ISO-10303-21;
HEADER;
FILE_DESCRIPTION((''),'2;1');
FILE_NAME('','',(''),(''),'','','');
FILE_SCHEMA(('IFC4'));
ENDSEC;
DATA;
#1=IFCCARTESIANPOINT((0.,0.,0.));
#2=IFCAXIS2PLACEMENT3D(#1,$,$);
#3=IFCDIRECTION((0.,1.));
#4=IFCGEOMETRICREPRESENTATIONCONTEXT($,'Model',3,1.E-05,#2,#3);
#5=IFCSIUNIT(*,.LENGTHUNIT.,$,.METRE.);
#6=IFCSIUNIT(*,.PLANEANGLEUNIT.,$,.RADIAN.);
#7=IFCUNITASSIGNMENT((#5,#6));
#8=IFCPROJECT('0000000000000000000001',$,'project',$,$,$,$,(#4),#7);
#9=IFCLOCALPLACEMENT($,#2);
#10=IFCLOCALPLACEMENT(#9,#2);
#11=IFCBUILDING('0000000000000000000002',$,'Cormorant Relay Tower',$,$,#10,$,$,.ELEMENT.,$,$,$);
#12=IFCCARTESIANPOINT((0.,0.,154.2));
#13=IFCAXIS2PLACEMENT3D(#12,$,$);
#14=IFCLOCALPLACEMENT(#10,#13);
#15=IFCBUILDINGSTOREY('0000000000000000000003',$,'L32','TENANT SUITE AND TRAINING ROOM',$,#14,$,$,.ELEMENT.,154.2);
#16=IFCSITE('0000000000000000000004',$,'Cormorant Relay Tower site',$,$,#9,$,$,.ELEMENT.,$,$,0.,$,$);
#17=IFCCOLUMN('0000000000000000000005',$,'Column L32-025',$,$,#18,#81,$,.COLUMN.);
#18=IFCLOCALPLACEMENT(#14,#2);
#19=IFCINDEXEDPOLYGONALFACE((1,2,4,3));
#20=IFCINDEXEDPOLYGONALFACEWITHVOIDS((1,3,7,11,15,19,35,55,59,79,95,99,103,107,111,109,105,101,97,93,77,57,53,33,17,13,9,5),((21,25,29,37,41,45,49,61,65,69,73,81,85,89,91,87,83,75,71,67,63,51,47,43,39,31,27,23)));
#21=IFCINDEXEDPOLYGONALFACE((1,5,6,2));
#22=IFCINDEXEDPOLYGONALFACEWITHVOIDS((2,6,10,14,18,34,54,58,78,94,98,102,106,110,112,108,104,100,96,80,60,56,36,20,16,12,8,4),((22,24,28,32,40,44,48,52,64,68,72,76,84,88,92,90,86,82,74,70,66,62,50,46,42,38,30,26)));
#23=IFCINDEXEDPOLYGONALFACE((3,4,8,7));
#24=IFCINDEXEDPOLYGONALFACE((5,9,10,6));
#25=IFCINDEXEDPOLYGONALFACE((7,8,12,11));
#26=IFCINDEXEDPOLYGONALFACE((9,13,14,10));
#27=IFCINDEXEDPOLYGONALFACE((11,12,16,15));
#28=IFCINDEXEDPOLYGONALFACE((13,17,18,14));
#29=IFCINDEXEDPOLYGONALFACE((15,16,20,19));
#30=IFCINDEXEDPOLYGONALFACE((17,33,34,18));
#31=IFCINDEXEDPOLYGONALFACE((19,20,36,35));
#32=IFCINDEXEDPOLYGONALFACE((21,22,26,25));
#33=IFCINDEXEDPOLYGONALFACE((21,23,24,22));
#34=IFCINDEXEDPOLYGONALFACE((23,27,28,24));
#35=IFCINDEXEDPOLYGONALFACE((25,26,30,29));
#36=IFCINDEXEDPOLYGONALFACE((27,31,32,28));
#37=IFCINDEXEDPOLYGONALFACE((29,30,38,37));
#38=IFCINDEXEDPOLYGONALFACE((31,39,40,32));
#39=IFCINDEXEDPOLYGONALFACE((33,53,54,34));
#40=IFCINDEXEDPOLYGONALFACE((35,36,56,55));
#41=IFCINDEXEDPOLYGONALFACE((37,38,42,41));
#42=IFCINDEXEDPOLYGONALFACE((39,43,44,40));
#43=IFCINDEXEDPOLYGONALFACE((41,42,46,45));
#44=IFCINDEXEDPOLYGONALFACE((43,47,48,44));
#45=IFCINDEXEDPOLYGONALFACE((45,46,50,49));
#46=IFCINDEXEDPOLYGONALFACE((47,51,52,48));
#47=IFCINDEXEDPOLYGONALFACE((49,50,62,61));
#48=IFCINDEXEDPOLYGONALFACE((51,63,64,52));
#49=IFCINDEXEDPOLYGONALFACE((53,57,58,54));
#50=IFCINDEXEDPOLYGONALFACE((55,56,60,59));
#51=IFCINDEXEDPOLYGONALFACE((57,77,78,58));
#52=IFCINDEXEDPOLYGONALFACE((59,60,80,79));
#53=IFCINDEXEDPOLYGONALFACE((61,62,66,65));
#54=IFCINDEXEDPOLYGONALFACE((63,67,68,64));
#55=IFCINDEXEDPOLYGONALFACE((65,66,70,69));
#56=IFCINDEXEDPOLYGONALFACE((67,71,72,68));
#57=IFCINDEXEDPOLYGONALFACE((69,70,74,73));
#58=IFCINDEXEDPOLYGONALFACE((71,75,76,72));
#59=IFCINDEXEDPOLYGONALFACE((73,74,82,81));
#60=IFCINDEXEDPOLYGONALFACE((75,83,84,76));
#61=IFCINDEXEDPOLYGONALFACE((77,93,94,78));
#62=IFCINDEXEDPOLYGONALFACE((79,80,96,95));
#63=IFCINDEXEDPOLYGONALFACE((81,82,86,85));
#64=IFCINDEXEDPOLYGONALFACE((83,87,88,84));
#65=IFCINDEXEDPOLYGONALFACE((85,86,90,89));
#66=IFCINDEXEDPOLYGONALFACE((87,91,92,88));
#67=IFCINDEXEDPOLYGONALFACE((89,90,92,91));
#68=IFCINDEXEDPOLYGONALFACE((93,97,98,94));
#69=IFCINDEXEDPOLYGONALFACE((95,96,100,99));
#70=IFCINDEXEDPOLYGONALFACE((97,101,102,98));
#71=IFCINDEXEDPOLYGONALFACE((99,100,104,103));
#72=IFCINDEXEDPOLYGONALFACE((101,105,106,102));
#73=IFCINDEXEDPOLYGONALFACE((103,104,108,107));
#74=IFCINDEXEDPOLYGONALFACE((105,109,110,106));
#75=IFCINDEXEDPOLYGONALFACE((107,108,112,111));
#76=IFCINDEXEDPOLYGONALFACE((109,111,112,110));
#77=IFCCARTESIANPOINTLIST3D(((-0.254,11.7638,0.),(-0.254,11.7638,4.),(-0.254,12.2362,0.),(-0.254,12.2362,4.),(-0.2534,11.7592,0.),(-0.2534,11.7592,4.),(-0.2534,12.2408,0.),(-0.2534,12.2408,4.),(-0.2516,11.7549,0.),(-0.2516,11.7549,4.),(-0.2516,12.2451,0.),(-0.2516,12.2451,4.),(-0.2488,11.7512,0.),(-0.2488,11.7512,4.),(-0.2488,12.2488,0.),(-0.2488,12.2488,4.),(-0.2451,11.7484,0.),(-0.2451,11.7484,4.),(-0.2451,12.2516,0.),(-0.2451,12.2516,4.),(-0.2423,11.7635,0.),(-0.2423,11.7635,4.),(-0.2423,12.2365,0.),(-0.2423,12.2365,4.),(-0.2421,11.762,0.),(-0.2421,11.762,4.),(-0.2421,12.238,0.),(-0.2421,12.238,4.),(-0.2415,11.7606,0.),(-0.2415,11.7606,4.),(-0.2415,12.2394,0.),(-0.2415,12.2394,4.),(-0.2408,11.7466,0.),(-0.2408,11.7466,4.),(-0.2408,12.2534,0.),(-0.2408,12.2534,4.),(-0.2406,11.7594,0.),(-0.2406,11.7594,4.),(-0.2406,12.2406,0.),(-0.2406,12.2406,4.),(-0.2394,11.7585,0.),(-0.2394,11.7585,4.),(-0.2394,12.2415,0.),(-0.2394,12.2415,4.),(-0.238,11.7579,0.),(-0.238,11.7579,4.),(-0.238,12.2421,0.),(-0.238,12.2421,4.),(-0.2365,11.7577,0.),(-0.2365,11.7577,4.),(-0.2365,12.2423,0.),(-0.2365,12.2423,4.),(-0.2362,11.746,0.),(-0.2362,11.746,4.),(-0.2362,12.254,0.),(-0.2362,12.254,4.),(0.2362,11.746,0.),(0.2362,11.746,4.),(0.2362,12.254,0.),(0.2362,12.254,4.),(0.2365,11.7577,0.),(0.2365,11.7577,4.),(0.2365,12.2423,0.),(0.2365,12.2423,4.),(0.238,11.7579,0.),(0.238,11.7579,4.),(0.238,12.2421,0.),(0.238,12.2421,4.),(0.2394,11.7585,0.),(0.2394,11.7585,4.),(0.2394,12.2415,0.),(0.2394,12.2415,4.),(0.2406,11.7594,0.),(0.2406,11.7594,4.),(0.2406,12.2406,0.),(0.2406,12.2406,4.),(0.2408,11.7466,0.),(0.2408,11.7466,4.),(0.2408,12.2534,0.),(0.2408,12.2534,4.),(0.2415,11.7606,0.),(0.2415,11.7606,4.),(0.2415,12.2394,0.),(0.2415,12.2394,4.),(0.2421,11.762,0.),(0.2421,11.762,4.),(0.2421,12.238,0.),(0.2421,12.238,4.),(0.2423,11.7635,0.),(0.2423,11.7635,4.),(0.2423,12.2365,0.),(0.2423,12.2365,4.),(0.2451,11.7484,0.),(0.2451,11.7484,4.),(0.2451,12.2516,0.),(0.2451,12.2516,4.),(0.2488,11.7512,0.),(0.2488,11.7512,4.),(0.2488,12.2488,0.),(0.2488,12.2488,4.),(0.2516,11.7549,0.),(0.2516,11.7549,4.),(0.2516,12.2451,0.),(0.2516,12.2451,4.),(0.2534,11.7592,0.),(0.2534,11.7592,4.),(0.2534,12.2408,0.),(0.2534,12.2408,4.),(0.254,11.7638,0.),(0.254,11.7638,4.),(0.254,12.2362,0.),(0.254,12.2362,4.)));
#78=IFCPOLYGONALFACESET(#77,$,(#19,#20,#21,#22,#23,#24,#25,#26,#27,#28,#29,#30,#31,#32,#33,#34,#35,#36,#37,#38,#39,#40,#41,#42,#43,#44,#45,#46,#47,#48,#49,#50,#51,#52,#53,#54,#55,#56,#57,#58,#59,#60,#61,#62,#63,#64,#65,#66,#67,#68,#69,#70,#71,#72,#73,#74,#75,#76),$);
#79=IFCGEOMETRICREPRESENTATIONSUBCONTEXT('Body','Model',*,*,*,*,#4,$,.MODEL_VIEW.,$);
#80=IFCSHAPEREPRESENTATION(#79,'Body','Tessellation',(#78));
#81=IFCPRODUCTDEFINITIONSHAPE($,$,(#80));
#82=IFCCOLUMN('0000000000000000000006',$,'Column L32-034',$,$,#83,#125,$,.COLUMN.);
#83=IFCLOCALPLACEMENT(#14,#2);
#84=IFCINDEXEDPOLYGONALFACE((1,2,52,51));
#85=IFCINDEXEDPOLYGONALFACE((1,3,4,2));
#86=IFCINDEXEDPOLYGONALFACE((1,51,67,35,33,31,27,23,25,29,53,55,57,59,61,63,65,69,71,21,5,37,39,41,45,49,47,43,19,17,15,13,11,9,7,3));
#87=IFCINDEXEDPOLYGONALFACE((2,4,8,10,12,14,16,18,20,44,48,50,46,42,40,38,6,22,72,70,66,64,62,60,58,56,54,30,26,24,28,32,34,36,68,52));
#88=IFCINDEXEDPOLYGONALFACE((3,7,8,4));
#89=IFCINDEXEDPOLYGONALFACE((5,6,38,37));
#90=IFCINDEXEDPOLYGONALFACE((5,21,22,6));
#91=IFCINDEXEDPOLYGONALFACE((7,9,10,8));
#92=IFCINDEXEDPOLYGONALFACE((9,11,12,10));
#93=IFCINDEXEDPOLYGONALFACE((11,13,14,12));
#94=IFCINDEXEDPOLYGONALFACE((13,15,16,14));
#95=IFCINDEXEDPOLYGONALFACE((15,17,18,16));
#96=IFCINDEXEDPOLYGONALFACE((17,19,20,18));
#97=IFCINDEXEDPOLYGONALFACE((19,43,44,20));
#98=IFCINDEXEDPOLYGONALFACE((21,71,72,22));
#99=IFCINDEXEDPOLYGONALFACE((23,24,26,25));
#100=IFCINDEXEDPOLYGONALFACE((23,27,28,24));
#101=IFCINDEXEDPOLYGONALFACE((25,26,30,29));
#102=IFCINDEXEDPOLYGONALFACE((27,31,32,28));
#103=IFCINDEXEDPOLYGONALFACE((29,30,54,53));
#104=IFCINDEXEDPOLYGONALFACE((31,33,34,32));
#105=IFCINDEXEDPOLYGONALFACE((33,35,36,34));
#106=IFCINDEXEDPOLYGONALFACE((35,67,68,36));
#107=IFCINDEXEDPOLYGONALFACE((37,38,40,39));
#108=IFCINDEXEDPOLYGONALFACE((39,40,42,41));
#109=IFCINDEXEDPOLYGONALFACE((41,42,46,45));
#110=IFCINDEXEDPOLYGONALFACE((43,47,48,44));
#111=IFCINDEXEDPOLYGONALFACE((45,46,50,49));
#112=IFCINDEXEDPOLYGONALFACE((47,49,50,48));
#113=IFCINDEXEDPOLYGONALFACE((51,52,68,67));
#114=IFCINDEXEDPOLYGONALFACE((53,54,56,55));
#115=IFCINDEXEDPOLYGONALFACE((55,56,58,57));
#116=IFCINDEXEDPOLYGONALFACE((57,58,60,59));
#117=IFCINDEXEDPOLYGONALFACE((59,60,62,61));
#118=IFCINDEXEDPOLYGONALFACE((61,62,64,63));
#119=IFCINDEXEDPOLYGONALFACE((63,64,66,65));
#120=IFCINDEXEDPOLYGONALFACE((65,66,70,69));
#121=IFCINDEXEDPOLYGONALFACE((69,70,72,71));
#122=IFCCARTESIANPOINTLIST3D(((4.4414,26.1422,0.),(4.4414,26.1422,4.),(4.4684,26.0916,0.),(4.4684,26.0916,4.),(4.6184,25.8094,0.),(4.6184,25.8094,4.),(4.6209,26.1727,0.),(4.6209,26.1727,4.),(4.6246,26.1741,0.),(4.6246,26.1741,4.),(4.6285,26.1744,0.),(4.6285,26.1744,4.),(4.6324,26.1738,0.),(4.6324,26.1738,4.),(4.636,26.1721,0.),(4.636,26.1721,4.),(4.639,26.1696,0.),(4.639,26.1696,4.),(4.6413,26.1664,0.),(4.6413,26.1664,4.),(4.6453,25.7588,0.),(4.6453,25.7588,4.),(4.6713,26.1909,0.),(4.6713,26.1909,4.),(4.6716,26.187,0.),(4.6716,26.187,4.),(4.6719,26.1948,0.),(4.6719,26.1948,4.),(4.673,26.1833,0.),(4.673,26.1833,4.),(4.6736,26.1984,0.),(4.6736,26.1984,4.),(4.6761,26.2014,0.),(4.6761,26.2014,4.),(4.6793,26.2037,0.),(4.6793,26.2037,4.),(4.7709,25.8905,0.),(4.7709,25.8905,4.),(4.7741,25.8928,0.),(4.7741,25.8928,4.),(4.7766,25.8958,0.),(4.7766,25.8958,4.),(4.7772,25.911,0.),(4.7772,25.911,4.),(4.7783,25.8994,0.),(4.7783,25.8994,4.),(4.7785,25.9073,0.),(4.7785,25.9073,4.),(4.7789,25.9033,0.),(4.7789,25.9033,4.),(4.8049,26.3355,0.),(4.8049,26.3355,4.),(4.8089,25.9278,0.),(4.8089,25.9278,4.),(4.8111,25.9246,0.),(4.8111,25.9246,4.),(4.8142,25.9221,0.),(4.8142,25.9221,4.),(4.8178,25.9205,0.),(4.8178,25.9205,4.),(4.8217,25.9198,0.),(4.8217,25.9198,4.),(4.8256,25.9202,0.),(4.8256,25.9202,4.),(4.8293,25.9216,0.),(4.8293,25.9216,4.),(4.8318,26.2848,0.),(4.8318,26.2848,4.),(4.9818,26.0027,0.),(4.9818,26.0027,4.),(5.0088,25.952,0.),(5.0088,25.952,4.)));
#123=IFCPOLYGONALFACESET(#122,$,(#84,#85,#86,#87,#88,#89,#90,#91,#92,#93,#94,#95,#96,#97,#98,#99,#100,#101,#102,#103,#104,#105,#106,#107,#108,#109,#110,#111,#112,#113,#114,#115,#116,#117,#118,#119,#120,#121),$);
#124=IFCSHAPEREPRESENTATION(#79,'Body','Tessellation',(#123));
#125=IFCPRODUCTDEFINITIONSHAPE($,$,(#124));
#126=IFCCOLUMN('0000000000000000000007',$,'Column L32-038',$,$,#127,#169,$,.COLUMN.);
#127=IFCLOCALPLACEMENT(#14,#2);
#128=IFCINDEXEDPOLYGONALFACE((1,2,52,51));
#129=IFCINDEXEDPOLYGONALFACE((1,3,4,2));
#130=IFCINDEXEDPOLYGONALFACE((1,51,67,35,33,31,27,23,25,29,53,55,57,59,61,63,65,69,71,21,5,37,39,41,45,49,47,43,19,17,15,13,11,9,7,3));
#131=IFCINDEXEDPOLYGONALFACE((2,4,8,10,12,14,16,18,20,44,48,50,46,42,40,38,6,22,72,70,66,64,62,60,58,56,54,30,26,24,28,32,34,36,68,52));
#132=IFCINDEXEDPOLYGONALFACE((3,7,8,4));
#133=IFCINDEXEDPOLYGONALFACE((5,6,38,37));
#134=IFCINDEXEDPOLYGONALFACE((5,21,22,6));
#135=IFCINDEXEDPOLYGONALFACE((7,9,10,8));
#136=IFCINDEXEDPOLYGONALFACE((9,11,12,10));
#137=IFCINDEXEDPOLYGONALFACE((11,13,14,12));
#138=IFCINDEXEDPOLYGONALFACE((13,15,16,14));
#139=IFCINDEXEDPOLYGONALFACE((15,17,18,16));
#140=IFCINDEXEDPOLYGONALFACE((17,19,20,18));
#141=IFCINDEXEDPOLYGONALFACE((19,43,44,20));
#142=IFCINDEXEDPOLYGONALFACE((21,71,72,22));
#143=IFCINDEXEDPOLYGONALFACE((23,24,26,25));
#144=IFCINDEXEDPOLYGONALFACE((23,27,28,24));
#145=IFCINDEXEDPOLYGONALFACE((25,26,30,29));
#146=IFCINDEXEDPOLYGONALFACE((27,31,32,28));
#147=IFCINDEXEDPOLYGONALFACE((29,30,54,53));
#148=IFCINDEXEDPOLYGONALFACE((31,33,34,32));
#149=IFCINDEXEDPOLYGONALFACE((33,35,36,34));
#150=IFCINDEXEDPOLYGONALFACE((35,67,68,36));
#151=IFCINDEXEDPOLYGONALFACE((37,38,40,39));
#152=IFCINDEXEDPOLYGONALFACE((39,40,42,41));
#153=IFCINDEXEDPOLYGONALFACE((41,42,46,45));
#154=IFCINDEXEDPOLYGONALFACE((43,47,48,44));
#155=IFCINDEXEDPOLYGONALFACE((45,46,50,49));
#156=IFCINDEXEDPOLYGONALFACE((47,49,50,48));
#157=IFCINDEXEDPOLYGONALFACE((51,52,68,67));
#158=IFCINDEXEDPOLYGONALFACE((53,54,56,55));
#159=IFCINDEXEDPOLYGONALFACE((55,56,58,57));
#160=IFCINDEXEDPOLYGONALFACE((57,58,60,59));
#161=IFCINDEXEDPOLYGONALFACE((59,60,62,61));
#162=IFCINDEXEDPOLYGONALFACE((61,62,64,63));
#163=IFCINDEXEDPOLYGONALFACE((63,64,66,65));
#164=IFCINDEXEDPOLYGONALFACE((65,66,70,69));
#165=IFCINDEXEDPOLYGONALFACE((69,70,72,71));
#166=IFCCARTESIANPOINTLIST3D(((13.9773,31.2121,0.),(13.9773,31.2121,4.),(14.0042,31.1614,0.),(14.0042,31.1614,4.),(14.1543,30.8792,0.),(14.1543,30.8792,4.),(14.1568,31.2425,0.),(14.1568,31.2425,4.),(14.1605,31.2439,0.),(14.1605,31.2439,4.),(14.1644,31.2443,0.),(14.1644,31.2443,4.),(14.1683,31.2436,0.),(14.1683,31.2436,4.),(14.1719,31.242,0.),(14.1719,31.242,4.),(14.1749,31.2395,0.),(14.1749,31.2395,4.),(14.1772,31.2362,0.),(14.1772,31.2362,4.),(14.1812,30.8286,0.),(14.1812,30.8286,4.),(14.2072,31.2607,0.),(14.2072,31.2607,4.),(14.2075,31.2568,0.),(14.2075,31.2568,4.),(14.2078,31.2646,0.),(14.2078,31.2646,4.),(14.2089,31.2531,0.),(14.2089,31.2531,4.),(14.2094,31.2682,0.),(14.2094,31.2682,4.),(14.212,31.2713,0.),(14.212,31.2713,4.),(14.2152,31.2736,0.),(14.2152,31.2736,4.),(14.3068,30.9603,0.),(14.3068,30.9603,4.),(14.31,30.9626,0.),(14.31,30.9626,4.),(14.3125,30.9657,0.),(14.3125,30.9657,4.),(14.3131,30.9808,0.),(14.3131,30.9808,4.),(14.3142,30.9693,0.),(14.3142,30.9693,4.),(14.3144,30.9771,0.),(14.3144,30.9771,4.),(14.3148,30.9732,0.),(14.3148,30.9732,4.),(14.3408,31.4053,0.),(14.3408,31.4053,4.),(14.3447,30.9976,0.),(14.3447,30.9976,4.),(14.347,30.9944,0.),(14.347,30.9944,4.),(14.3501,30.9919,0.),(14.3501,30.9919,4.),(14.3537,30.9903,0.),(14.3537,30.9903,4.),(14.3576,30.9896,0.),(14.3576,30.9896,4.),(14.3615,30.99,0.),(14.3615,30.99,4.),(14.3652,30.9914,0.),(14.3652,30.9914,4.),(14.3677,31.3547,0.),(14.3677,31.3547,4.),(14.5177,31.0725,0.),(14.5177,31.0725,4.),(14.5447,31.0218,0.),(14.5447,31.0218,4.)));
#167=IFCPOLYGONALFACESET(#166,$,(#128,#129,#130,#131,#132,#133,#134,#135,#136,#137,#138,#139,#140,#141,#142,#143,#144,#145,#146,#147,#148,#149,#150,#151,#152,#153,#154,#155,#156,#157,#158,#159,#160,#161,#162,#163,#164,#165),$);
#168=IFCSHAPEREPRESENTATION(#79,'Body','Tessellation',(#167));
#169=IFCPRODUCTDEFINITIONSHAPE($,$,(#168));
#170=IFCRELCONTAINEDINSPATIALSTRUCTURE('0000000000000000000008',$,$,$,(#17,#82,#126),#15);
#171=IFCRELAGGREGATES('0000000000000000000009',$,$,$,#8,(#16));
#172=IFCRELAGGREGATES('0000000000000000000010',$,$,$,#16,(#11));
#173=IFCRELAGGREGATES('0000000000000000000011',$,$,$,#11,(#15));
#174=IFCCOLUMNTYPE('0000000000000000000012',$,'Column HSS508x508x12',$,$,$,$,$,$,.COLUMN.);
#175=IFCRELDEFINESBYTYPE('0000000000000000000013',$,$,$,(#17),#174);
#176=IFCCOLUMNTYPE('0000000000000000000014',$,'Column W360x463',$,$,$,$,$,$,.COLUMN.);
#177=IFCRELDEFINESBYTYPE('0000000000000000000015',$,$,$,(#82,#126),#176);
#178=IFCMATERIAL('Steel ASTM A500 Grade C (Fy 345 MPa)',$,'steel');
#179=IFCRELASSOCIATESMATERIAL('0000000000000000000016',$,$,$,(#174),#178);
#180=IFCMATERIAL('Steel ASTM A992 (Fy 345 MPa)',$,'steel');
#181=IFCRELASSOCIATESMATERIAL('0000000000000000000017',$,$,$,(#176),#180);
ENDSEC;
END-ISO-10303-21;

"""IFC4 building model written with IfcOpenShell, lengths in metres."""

from ifc_helpers import new_model, si_unit, direction, frame, origin, origin_2d, place, context, subcontext, project, spatial, hollow_rectangle, i_section, extrude, material, material_profile, profile_set, type_object, element, save


model = new_model("IFC4")

# Units and contexts
model_context = context("Model", 3, precision=1e-05, world=origin(), true_north=direction((0.0, 1.0)))
body_context = subcontext(model_context, "Body", "Model", "MODEL_VIEW")
ifc_project = project(units=[si_unit("LENGTHUNIT", "METRE"), si_unit("PLANEANGLEUNIT", "RADIAN")], contexts=[model_context])

# Site, building, storey
site_placement = place(None, origin())
site = spatial("IfcSite", under=ifc_project, at=site_placement, Name="Cormorant Relay Tower site", CompositionType="ELEMENT", RefElevation=0.0)
building_placement = place(site_placement, origin())
building = spatial("IfcBuilding", under=site, at=building_placement, Name="Cormorant Relay Tower", CompositionType="ELEMENT")
storey_placement = place(building_placement, frame((0.0, 0.0, 154.2)))
storey = spatial("IfcBuildingStorey", under=building, at=storey_placement, Name="L32", Description="TENANT SUITE AND TRAINING ROOM", CompositionType="ELEMENT", Elevation=154.2)

# Columns
ifc_material_1 = material(Name="Steel ASTM A500 Grade C (Fy 345 MPa)", Category="steel")
ifc_material_profile_1 = material_profile(ifc_material_1, hollow_rectangle(XDim=0.5081, YDim=0.5081, WallThickness=0.0117, InnerFilletRadius=0.0059, OuterFilletRadius=0.0178, at=origin_2d()), Name="HSS508x508x12")
ifc_profile_set_1 = profile_set([ifc_material_profile_1], Name="Steel ASTM A500 Grade C (Fy 345 MPa)")
column_type_1 = type_object("IfcColumnType", Name="Column HSS508x508x12", PredefinedType="COLUMN", material=ifc_profile_set_1)
column_1_placement = place(storey_placement, frame((0.0, 12.0, 0.0), z_axis=(0.0, 0.0, 1.0), x_axis=(1.0, 0.0, 0.0)))
element("IfcColumn", 1, at=column_1_placement, inside=storey, type_object=column_type_1, Name="Column L32-025", PredefinedType="COLUMN", context=body_context, shape_type="SweptSolid", body=[
    extrude(hollow_rectangle(XDim=0.5081, YDim=0.5081, WallThickness=0.0117, InnerFilletRadius=0.0059, OuterFilletRadius=0.0178, at=origin_2d()), origin(), (0.0, 0.0, 1.0), 4.0),
])
ifc_material_2 = material(Name="Steel ASTM A992 (Fy 345 MPa)", Category="steel")
ifc_material_profile_2 = material_profile(ifc_material_2, i_section(OverallWidth=0.4116, OverallDepth=0.4343, WebThickness=0.0359, FlangeThickness=0.0574, FilletRadius=0.0151, at=origin_2d()), Name="W360x463")
ifc_profile_set_2 = profile_set([ifc_material_profile_2], Name="Steel ASTM A992 (Fy 345 MPa)")
column_type_2 = type_object("IfcColumnType", Name="Column W360x463", PredefinedType="COLUMN", material=ifc_profile_set_2)
for number, where, z_axis, x_axis, name in (
    (2, (4.7251, 26.0471, 0.0), (0.0, 0.0, 1.0), (-0.882948, -0.469472, 0.0), "Column L32-034"),
    (3, (14.261, 31.1169, 0.0), (0.0, 0.0, 1.0), (-0.882948, -0.469472, 0.0), "Column L32-038"),
):
    element("IfcColumn", number, at=place(storey_placement, frame(where, z_axis=z_axis, x_axis=x_axis)), inside=storey, type_object=column_type_2, Name=name, PredefinedType="COLUMN", context=body_context, shape_type="SweptSolid", body=[
        extrude(i_section(OverallWidth=0.4116, OverallDepth=0.4343, WebThickness=0.0359, FlangeThickness=0.0574, FilletRadius=0.0151, at=origin_2d()), origin(), (0.0, 0.0, 1.0), 4.0),
    ])

save(model, "model.ifc")
